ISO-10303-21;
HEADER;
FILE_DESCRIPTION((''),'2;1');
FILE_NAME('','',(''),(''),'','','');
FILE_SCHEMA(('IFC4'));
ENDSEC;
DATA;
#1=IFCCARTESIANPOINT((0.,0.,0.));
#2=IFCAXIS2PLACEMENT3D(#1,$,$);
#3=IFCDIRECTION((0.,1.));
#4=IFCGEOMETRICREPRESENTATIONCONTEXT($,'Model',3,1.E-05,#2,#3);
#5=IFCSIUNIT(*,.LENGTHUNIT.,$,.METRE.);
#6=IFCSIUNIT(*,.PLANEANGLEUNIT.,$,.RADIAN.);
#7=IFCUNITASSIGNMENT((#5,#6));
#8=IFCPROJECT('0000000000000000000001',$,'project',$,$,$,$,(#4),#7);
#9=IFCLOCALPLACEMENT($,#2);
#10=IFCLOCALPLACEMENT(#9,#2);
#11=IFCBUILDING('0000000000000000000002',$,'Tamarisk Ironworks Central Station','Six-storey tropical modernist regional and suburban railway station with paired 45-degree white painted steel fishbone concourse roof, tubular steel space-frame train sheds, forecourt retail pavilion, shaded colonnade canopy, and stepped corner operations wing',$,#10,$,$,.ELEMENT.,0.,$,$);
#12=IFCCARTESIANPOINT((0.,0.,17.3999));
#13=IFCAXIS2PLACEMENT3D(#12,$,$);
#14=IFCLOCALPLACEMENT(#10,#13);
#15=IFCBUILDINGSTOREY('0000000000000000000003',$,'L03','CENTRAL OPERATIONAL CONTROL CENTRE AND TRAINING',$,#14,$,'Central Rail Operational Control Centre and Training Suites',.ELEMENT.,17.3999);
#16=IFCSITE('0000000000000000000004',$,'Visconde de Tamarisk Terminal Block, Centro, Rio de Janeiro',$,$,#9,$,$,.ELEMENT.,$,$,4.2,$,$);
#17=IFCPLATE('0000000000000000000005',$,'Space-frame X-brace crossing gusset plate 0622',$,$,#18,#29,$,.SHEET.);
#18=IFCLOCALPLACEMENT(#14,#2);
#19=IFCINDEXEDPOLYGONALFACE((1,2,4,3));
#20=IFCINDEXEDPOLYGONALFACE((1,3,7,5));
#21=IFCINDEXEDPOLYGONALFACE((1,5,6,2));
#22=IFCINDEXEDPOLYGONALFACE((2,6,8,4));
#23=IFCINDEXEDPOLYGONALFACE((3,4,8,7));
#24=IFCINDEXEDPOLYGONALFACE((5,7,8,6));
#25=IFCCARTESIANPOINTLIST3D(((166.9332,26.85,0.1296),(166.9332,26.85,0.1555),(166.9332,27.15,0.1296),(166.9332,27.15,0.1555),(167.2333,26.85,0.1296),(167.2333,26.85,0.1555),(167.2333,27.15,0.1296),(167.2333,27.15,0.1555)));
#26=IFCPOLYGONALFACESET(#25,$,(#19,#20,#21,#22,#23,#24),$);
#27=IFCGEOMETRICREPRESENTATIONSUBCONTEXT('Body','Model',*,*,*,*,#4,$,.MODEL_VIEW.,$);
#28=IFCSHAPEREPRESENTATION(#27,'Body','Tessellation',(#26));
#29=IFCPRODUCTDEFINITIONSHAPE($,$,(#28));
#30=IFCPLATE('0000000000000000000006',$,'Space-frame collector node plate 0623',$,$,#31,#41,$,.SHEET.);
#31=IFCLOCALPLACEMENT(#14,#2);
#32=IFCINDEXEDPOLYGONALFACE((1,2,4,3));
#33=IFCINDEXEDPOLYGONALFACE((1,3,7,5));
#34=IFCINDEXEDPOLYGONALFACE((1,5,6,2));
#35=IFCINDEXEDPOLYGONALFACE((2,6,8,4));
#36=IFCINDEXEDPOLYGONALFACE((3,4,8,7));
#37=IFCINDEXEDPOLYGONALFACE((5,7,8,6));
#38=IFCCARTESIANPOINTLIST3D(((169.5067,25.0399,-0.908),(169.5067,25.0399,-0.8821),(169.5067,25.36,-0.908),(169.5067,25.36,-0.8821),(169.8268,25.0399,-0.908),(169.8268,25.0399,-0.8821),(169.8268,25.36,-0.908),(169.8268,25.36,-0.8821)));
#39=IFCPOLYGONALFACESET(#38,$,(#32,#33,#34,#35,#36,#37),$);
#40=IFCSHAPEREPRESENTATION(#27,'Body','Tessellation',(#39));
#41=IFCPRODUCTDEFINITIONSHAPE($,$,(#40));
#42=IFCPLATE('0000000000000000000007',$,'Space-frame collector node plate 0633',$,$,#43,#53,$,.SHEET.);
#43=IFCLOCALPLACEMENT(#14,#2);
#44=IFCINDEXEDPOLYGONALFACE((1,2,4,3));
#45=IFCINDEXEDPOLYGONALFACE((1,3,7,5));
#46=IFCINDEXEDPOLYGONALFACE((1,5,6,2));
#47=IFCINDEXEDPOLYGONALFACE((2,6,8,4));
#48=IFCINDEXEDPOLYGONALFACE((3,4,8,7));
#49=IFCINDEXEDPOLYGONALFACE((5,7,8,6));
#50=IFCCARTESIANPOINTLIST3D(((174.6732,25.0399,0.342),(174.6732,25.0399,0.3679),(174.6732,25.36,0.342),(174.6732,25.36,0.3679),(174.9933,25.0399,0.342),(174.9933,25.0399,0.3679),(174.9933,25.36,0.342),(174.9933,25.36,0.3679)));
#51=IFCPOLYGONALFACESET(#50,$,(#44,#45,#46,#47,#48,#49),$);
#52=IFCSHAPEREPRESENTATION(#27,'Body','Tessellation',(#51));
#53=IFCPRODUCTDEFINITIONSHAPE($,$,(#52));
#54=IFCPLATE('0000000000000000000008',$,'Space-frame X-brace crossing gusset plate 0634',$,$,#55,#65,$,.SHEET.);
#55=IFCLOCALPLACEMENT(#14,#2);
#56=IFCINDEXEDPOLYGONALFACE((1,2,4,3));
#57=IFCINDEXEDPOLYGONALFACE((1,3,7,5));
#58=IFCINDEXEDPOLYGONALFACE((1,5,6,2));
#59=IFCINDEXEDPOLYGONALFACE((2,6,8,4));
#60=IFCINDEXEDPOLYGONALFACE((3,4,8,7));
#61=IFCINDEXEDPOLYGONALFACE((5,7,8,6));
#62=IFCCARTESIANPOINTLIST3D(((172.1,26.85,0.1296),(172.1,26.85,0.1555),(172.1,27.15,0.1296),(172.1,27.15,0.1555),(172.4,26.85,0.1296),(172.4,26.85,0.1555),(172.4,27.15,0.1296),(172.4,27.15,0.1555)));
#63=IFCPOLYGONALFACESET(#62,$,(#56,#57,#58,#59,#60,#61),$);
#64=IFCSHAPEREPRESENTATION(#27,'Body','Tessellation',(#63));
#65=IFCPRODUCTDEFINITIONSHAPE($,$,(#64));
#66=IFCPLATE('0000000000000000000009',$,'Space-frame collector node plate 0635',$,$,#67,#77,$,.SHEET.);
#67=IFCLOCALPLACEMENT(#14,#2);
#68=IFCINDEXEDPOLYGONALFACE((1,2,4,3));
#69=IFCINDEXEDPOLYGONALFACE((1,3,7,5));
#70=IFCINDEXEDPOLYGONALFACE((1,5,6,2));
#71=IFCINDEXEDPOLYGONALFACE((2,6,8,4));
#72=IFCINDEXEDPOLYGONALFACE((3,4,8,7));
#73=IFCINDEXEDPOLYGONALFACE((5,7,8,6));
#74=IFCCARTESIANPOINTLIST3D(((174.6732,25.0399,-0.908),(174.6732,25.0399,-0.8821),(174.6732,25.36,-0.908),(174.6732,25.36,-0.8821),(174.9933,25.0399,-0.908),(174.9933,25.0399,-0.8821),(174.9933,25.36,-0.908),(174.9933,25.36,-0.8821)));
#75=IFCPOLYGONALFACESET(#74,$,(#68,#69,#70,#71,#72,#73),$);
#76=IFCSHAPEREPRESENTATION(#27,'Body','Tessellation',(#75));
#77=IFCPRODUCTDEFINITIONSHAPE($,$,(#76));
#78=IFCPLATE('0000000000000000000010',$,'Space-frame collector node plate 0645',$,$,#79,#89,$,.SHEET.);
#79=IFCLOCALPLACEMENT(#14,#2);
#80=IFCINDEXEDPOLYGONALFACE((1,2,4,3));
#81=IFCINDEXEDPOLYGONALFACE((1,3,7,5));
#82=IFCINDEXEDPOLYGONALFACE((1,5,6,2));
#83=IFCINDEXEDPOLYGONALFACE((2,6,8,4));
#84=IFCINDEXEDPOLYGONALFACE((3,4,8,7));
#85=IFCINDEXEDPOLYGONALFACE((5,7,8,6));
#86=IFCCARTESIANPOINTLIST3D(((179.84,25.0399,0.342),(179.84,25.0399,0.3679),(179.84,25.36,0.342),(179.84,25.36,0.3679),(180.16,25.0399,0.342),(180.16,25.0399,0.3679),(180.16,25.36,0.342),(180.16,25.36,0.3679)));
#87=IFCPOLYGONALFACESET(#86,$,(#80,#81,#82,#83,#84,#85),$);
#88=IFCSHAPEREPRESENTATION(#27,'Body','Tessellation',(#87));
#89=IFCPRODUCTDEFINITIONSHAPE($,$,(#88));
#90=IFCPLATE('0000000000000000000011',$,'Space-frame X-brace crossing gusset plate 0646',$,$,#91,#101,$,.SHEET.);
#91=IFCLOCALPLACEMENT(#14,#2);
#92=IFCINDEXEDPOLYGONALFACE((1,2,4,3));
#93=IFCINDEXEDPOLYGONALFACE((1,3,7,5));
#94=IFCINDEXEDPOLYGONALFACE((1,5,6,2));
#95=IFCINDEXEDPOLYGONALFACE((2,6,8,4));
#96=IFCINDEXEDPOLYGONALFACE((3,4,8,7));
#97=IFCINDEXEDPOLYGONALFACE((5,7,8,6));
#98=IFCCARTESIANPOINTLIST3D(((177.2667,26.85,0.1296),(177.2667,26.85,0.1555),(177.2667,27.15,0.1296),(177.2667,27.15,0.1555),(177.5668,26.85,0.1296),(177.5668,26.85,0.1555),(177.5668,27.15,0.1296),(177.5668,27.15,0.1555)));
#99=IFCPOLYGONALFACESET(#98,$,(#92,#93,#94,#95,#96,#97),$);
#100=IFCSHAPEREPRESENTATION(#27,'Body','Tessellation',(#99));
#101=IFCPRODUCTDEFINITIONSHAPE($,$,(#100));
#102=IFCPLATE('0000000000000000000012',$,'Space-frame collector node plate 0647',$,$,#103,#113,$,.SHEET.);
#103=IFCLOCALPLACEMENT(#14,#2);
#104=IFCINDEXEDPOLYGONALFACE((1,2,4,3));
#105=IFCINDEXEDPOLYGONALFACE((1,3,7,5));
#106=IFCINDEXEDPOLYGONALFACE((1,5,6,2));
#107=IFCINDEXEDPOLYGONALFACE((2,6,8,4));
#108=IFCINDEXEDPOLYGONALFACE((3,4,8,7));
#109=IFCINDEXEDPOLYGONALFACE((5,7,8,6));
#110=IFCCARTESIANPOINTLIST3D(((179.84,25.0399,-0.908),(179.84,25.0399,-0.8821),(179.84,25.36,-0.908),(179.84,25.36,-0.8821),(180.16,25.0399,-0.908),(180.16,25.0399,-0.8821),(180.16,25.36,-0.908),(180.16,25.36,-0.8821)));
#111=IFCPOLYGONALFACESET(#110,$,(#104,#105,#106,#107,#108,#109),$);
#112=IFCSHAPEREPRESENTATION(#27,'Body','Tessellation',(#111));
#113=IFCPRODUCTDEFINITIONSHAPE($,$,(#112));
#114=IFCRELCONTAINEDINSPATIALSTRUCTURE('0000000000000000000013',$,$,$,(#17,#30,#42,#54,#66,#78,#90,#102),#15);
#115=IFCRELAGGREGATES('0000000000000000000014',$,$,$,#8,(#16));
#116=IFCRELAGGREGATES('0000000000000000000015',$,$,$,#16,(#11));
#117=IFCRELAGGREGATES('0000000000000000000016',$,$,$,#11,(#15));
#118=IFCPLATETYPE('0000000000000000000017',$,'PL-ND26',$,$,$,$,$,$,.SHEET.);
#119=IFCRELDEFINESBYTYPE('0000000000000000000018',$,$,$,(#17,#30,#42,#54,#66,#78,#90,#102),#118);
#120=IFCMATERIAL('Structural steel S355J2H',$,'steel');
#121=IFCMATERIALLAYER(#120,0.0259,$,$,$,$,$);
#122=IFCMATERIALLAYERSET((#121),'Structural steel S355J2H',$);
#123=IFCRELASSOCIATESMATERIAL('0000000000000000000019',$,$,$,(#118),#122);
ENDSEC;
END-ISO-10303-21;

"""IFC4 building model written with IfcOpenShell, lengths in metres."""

from ifc_helpers import new_model, si_unit, direction, frame, origin, origin_2d, place, context, subcontext, project, spatial, rectangle, extrude, material, layer, layer_set, type_object, element, save


model = new_model("IFC4")

# Units and contexts
model_context = context("Model", 3, precision=1e-05, world=origin(), true_north=direction((0.0, 1.0)))
body_context = subcontext(model_context, "Body", "Model", "MODEL_VIEW")
ifc_project = project(units=[si_unit("LENGTHUNIT", "METRE"), si_unit("PLANEANGLEUNIT", "RADIAN")], contexts=[model_context])

# Site, building, storey
site_placement = place(None, origin())
site = spatial("IfcSite", under=ifc_project, at=site_placement, Name="Visconde de Tamarisk Terminal Block, Centro, Rio de Janeiro", CompositionType="ELEMENT", RefElevation=4.2)
building_placement = place(site_placement, origin())
building = spatial("IfcBuilding", under=site, at=building_placement, Name="Tamarisk Ironworks Central Station", Description="Six-storey tropical modernist regional and suburban railway station with paired 45-degree white painted steel fishbone concourse roof, tubular steel space-frame train sheds, forecourt retail pavilion, shaded colonnade canopy, and stepped corner operations wing", CompositionType="ELEMENT", ElevationOfRefHeight=0.0)
storey_placement = place(building_placement, frame((0.0, 0.0, 17.3999)))
storey = spatial("IfcBuildingStorey", under=building, at=storey_placement, Name="L03", Description="CENTRAL OPERATIONAL CONTROL CENTRE AND TRAINING", LongName="Central Rail Operational Control Centre and Training Suites", CompositionType="ELEMENT", Elevation=17.3999)

# Shared definitions
ifc_material = material(Name="Structural steel S355J2H", Category="steel")

# Plates
ifc_layer = layer(ifc_material, 0.0259)
ifc_layer_set = layer_set([ifc_layer], Name="Structural steel S355J2H")
plate_type = type_object("IfcPlateType", Name="PL-ND26", PredefinedType="SHEET", material=ifc_layer_set)
plate_1_placement = place(storey_placement, frame((167.0833, 27.0, 0.1296), z_axis=(0.0, 0.0, 1.0), x_axis=(1.0, 0.0, 0.0)))
element("IfcPlate", 1, at=plate_1_placement, inside=storey, type_object=plate_type, Name="Space-frame X-brace crossing gusset plate 0622", PredefinedType="SHEET", context=body_context, shape_type="SweptSolid", body=[
    extrude(rectangle(XDim=0.3, YDim=0.3, at=origin_2d()), origin(), (0.0, 0.0, 1.0), 0.0259),
])
for number, where, z_axis, x_axis, name in (
    (2, (169.6667, 25.2, -0.908), (0.0, 0.0, 1.0), (1.0, 0.0, 0.0), "Space-frame collector node plate 0623"),
    (3, (174.8333, 25.2, 0.342), (0.0, 0.0, 1.0), (1.0, 0.0, 0.0), "Space-frame collector node plate 0633"),
):
    element("IfcPlate", number, at=place(storey_placement, frame(where, z_axis=z_axis, x_axis=x_axis)), inside=storey, type_object=plate_type, Name=name, PredefinedType="SHEET", context=body_context, shape_type="SweptSolid", body=[
        extrude(rectangle(XDim=0.3201, YDim=0.3201, at=origin_2d()), origin(), (0.0, 0.0, 1.0), 0.0259),
    ])
plate_2_placement = place(storey_placement, frame((172.25, 27.0, 0.1296), z_axis=(0.0, 0.0, 1.0), x_axis=(1.0, 0.0, 0.0)))
element("IfcPlate", 4, at=plate_2_placement, inside=storey, type_object=plate_type, Name="Space-frame X-brace crossing gusset plate 0634", PredefinedType="SHEET", context=body_context, shape_type="SweptSolid", body=[
    extrude(rectangle(XDim=0.3, YDim=0.3, at=origin_2d()), origin(), (0.0, 0.0, 1.0), 0.0259),
])
for number, where, z_axis, x_axis, name in (
    (5, (174.8333, 25.2, -0.908), (0.0, 0.0, 1.0), (1.0, 0.0, 0.0), "Space-frame collector node plate 0635"),
    (6, (180.0, 25.2, 0.342), (0.0, 0.0, 1.0), (1.0, 0.0, 0.0), "Space-frame collector node plate 0645"),
):
    element("IfcPlate", number, at=place(storey_placement, frame(where, z_axis=z_axis, x_axis=x_axis)), inside=storey, type_object=plate_type, Name=name, PredefinedType="SHEET", context=body_context, shape_type="SweptSolid", body=[
        extrude(rectangle(XDim=0.3201, YDim=0.3201, at=origin_2d()), origin(), (0.0, 0.0, 1.0), 0.0259),
    ])
plate_3_placement = place(storey_placement, frame((177.4167, 27.0, 0.1296), z_axis=(0.0, 0.0, 1.0), x_axis=(1.0, 0.0, 0.0)))
element("IfcPlate", 7, at=plate_3_placement, inside=storey, type_object=plate_type, Name="Space-frame X-brace crossing gusset plate 0646", PredefinedType="SHEET", context=body_context, shape_type="SweptSolid", body=[
    extrude(rectangle(XDim=0.3, YDim=0.3, at=origin_2d()), origin(), (0.0, 0.0, 1.0), 0.0259),
])
plate_4_placement = place(storey_placement, frame((180.0, 25.2, -0.908), z_axis=(0.0, 0.0, 1.0), x_axis=(1.0, 0.0, 0.0)))
element("IfcPlate", 8, at=plate_4_placement, inside=storey, type_object=plate_type, Name="Space-frame collector node plate 0647", PredefinedType="SHEET", context=body_context, shape_type="SweptSolid", body=[
    extrude(rectangle(XDim=0.3201, YDim=0.3201, at=origin_2d()), origin(), (0.0, 0.0, 1.0), 0.0259),
])

save(model, "model.ifc")
